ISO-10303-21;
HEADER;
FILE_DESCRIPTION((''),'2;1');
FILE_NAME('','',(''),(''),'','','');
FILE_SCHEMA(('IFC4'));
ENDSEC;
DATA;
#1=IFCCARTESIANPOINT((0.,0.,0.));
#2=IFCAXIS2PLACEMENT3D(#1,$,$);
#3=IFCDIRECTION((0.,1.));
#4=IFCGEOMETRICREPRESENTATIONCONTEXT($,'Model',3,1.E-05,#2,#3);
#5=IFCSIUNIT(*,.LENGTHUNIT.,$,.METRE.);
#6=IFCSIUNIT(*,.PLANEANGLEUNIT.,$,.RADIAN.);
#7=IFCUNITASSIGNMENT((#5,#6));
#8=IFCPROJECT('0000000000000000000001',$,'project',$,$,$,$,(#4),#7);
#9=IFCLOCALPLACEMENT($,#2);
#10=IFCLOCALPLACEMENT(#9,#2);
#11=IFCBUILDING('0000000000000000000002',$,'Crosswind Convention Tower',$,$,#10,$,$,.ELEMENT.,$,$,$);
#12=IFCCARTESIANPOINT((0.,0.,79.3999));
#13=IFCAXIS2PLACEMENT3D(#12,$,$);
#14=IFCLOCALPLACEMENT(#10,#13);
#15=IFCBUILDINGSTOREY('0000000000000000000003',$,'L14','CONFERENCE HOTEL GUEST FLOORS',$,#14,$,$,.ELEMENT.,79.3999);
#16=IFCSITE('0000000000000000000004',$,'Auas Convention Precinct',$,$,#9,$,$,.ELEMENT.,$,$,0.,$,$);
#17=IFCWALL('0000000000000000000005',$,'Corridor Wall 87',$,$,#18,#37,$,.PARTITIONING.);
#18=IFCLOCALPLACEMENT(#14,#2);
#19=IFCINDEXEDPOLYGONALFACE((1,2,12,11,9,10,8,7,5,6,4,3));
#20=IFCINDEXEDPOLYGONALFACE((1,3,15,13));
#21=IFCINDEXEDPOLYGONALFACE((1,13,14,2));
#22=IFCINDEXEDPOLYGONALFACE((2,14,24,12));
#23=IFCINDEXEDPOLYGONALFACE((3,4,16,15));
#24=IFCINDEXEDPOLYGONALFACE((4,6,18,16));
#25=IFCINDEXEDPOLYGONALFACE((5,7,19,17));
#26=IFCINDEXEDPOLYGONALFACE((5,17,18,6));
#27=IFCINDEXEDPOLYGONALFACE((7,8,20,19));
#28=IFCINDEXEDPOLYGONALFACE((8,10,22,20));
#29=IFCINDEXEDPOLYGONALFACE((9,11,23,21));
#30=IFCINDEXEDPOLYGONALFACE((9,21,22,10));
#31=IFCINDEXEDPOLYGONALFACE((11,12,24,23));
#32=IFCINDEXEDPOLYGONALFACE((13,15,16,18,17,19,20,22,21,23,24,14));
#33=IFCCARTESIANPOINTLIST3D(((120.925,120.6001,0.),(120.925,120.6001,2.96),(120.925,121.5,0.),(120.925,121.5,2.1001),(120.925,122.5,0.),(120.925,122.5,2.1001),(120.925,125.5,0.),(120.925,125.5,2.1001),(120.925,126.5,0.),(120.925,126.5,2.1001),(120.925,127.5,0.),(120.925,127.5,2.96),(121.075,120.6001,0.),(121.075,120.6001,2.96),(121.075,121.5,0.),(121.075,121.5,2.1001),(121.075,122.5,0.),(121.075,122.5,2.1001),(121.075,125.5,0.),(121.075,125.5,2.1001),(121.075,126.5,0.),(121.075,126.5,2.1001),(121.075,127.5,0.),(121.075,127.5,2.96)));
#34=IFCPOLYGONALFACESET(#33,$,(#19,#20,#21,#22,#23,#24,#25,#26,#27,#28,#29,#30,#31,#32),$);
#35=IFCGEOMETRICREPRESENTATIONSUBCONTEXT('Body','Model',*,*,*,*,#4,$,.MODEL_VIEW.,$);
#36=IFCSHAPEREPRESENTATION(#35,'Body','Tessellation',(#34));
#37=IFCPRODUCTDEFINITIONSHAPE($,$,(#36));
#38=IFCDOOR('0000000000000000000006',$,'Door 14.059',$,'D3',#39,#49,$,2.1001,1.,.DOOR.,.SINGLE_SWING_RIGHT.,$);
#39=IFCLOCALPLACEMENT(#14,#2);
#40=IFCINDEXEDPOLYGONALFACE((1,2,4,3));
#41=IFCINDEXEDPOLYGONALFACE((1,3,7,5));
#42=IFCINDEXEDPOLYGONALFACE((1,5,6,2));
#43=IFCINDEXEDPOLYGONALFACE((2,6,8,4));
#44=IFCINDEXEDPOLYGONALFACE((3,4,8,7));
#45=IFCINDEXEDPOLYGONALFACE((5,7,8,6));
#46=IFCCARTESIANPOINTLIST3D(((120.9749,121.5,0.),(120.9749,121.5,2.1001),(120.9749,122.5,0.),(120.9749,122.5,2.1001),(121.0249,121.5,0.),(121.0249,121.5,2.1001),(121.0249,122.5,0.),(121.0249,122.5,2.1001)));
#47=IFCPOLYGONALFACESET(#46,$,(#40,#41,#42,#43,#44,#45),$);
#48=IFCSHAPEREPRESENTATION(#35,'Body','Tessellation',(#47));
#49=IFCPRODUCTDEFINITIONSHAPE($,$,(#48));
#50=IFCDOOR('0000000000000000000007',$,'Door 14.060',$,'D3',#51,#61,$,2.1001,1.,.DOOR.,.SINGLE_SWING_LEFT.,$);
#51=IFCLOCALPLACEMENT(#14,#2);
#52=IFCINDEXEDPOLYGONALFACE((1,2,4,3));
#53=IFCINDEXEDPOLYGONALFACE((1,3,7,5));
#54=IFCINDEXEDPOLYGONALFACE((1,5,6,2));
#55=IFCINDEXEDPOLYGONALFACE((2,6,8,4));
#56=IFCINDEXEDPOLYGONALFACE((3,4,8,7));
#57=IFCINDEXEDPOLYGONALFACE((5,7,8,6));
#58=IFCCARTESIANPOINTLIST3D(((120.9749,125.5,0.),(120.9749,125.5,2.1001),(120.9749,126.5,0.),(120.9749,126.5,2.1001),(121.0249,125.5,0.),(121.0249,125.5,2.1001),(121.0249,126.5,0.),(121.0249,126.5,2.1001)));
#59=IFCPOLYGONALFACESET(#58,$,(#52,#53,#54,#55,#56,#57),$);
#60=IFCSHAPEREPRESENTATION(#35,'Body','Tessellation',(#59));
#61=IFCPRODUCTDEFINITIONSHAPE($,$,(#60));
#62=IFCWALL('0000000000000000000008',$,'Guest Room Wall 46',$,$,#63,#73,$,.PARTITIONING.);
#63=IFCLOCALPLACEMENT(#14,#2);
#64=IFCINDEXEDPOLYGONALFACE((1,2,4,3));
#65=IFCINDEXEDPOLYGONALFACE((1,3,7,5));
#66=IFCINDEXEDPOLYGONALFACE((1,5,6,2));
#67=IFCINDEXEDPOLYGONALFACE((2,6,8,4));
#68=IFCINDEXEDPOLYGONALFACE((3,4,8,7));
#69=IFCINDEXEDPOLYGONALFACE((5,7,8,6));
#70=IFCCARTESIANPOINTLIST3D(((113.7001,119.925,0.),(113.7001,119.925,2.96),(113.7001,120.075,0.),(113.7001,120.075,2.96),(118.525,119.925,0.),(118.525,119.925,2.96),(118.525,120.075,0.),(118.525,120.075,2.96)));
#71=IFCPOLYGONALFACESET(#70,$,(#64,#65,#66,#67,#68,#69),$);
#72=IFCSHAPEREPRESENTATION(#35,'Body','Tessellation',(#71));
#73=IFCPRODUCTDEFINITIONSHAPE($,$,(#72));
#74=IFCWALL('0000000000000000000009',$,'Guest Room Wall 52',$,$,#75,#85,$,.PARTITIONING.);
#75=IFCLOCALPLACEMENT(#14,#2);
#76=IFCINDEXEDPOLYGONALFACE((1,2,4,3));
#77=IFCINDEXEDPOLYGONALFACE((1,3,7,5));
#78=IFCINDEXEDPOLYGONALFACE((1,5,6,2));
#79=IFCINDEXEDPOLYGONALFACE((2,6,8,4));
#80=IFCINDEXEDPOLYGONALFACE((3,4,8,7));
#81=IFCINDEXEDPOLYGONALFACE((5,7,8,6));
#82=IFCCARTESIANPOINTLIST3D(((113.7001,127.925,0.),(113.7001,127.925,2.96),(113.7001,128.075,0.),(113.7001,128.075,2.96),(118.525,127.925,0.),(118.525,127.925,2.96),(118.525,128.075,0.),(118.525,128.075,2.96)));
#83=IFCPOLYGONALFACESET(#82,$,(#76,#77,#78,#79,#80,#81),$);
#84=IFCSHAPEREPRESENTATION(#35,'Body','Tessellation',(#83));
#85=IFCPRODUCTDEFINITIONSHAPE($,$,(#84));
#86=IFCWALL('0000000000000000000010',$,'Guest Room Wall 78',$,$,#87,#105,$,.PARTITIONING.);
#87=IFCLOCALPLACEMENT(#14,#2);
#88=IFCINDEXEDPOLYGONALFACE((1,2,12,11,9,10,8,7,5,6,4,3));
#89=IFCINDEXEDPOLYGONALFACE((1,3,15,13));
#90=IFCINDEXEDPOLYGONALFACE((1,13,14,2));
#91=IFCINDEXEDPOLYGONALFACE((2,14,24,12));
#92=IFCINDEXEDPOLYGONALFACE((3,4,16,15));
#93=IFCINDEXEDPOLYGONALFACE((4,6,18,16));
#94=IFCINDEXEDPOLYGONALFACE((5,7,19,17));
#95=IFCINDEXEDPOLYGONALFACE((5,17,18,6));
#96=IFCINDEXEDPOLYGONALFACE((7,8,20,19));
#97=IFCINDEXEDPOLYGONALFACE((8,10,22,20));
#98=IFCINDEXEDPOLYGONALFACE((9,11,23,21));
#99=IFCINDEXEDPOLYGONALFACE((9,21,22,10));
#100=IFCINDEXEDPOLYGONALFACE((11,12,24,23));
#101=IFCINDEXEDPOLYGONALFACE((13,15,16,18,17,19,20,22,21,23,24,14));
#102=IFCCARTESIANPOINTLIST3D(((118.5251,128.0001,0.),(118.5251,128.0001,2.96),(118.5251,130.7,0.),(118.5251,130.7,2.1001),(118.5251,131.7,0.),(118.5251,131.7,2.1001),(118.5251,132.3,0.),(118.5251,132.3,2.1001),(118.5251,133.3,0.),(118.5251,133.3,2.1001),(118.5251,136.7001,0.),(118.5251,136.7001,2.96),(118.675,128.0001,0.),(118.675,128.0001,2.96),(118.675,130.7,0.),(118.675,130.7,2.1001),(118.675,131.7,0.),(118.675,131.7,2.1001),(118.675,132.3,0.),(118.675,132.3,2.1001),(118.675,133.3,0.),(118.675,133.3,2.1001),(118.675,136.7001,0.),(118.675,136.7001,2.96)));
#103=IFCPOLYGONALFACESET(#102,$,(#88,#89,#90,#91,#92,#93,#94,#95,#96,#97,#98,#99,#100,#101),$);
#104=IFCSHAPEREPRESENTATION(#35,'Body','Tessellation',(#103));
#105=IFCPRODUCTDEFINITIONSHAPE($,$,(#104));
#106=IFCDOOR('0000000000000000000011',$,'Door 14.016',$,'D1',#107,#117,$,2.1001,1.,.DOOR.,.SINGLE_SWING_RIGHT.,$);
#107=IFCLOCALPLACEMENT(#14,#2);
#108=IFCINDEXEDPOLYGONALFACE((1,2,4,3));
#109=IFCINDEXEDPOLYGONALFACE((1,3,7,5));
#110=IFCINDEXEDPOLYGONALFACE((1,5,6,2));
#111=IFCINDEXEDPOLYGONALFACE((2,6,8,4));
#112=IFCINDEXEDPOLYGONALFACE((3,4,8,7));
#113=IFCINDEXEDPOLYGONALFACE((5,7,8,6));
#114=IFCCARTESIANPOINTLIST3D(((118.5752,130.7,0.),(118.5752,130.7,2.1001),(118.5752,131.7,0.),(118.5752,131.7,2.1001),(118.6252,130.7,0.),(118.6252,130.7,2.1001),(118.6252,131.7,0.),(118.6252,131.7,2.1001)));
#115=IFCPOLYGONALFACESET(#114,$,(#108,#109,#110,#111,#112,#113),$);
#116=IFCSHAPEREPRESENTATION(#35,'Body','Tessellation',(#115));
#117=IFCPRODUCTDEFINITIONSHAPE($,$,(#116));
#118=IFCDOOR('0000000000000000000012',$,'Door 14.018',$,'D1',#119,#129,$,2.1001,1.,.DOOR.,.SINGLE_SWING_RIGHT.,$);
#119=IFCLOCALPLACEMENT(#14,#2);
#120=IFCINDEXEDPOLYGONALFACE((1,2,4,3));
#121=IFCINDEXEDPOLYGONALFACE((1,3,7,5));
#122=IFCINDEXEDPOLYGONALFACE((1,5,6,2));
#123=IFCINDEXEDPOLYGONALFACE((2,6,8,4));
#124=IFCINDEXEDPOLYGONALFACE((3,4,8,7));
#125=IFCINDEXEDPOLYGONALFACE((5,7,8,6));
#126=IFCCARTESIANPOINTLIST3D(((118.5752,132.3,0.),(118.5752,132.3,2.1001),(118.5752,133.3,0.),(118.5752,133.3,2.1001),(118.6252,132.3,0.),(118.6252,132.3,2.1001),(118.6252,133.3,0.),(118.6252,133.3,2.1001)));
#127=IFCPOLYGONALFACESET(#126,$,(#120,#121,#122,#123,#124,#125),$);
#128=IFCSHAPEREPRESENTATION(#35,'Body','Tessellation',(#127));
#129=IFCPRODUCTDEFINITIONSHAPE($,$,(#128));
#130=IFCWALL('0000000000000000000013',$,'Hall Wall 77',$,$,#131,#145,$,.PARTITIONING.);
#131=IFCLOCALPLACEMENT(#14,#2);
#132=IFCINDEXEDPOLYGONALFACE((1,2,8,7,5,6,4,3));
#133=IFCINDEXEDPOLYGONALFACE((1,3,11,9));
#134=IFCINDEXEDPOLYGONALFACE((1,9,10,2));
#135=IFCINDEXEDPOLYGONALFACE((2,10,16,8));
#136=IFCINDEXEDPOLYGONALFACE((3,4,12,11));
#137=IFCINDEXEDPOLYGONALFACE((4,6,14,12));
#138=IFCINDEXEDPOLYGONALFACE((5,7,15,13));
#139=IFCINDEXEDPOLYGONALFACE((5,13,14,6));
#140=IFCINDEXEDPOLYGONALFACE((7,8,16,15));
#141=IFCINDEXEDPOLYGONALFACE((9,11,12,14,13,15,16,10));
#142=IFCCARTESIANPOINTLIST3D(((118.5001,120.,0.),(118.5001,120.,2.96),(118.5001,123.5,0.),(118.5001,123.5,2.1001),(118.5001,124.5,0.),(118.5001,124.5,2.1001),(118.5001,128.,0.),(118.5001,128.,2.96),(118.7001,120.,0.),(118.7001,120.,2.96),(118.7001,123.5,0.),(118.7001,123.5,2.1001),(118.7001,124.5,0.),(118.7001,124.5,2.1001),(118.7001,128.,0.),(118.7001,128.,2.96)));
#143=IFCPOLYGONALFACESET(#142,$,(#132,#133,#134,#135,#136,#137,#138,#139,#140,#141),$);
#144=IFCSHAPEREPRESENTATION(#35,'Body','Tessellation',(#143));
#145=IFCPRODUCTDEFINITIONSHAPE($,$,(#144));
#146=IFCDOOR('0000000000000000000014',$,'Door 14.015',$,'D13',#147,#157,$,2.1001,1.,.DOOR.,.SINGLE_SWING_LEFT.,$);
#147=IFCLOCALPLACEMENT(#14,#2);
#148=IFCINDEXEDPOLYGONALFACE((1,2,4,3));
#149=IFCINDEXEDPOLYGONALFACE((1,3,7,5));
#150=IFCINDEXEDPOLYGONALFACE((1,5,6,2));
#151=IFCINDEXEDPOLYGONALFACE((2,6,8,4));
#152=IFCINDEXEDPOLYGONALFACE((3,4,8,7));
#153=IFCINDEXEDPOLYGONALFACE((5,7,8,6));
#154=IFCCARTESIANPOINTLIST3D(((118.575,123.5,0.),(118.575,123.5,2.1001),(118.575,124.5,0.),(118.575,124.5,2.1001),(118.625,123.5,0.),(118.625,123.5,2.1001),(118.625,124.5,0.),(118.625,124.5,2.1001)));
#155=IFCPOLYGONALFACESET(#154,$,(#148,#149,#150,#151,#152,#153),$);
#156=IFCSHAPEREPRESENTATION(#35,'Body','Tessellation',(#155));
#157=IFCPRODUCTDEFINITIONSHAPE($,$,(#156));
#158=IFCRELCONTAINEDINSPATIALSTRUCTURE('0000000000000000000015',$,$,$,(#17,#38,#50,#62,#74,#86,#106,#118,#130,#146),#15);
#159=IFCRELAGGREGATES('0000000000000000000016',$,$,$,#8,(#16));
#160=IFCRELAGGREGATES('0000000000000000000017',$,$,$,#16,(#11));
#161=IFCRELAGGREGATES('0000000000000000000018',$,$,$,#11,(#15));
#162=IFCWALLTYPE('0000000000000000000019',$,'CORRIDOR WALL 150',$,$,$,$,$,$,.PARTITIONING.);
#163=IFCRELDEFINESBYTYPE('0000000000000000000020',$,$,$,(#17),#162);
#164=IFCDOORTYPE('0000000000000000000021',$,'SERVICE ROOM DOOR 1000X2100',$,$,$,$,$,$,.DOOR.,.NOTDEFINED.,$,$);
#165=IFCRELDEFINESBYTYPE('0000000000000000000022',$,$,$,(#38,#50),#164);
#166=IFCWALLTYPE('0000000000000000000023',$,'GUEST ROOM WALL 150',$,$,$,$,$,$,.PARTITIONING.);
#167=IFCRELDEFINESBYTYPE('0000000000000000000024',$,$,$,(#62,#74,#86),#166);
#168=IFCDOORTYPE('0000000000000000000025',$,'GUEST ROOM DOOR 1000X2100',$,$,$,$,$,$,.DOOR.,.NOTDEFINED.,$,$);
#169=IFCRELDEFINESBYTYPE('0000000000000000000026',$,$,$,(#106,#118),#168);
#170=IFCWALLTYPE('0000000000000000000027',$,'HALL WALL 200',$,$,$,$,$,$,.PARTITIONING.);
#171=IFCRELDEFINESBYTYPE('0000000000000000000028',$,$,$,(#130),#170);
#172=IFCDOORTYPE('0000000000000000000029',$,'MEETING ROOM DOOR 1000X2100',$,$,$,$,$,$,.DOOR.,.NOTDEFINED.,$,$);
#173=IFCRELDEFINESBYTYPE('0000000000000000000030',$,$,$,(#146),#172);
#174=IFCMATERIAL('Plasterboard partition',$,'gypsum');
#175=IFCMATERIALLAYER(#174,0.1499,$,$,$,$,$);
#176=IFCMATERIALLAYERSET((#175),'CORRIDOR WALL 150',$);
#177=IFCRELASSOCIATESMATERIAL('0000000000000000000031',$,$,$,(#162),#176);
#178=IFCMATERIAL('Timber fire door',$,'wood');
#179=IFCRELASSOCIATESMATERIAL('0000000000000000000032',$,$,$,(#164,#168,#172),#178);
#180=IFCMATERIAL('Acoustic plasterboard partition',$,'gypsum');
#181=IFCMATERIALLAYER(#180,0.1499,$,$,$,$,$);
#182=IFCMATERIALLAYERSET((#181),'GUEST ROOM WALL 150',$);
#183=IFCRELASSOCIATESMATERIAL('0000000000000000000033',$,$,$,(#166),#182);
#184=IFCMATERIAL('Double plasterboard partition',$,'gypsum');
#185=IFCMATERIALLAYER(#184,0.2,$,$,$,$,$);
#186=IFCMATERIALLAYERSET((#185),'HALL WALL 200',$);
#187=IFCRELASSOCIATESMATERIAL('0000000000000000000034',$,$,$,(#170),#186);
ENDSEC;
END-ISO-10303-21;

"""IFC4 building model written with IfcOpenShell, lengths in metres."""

from ifc_helpers import new_model, si_unit, direction, frame, frame_2d, origin, place, context, subcontext, project, spatial, rectangle, extrude, material, layer, layer_set, type_object, element, fill, save


model = new_model("IFC4")

# Units and contexts
model_context = context("Model", 3, precision=1e-05, world=origin(), true_north=direction((0.0, 1.0)))
body_context = subcontext(model_context, "Body", "Model", "MODEL_VIEW")
ifc_project = project(units=[si_unit("LENGTHUNIT", "METRE"), si_unit("PLANEANGLEUNIT", "RADIAN")], contexts=[model_context])

# Site, building, storey
site_placement = place(None, origin())
site = spatial("IfcSite", under=ifc_project, at=site_placement, Name="Auas Convention Precinct", CompositionType="ELEMENT", RefElevation=0.0)
building_placement = place(site_placement, origin())
building = spatial("IfcBuilding", under=site, at=building_placement, Name="Crosswind Convention Tower", CompositionType="ELEMENT")
storey_placement = place(building_placement, frame((0.0, 0.0, 79.3999)))
storey = spatial("IfcBuildingStorey", under=building, at=storey_placement, Name="L14", Description="CONFERENCE HOTEL GUEST FLOORS", CompositionType="ELEMENT", Elevation=79.3999)

# Wall, openings, doors
ifc_material_1 = material(Name="Plasterboard partition", Category="gypsum")
ifc_layer_1 = layer(ifc_material_1, 0.1499)
ifc_layer_set_1 = layer_set([ifc_layer_1], Name="CORRIDOR WALL 150")
wall_type_1 = type_object("IfcWallType", Name="CORRIDOR WALL 150", PredefinedType="PARTITIONING", material=ifc_layer_set_1)
wall_1_placement = place(storey_placement, frame((121.0, 120.6001, 0.0), z_axis=(0.0, 0.0, 1.0), x_axis=(0.0, 1.0, 0.0)))
wall_1 = element("IfcWall", 1, at=wall_1_placement, inside=storey, type_object=wall_type_1, Name="Corridor Wall 87", PredefinedType="PARTITIONING", context=body_context, shape_type="SweptSolid", body=[
    extrude(rectangle(XDim=6.8999, YDim=0.1499, at=frame_2d((3.45, 0.0))), origin(), (0.0, 0.0, 1.0), 2.96),
])
opening_1_placement = place(wall_1_placement, frame((0.8999, 0.0, 0.0)))
opening_1 = element("IfcOpeningElement", 2, at=opening_1_placement, cuts=wall_1, PredefinedType="OPENING", context=body_context, shape_type="SweptSolid", body=[
    extrude(rectangle(XDim=1.0, YDim=2.1001, at=frame_2d((0.5, 1.05))), frame((0.0, 0.085, 0.0), z_axis=(0.0, -1.0, 0.0), x_axis=(1.0, 0.0, 0.0)), (0.0, 0.0, 1.0), 0.1699),
])
opening_2_placement = place(wall_1_placement, frame((4.8999, 0.0, 0.0)))
opening_2 = element("IfcOpeningElement", 3, at=opening_2_placement, cuts=wall_1, PredefinedType="OPENING", context=body_context, shape_type="SweptSolid", body=[
    extrude(rectangle(XDim=1.0, YDim=2.1001, at=frame_2d((0.5, 1.05))), frame((0.0, 0.085, 0.0), z_axis=(0.0, -1.0, 0.0), x_axis=(1.0, 0.0, 0.0)), (0.0, 0.0, 1.0), 0.1699),
])
ifc_material_2 = material(Name="Timber fire door", Category="wood")
door_type_1 = type_object("IfcDoorType", Name="SERVICE ROOM DOOR 1000X2100", OperationType="NOTDEFINED", PredefinedType="DOOR", material=ifc_material_2)
door_1_placement = place(opening_1_placement, frame((1.0, 0.0, 0.0), z_axis=(0.0, 0.0, 1.0), x_axis=(-1.0, 0.0, 0.0)))
door_1 = element("IfcDoor", 4, at=door_1_placement, inside=storey, type_object=door_type_1, Name="Door 14.059", ObjectType="D3", OperationType="SINGLE_SWING_RIGHT", OverallHeight=2.1001, OverallWidth=1.0, PredefinedType="DOOR", context=body_context, shape_type="SweptSolid", body=[
    extrude(rectangle(XDim=1.0, YDim=2.1001, at=frame_2d((0.5, 1.05))), frame((0.0, 0.0249, 0.0), z_axis=(0.0, -1.0, 0.0), x_axis=(1.0, 0.0, 0.0)), (0.0, 0.0, 1.0), 0.05),
])
fill(opening_1, door_1)
door_2_placement = place(opening_2_placement, frame((1.0, 0.0, 0.0), z_axis=(0.0, 0.0, 1.0), x_axis=(-1.0, 0.0, 0.0)))
door_2 = element("IfcDoor", 5, at=door_2_placement, inside=storey, type_object=door_type_1, Name="Door 14.060", ObjectType="D3", OperationType="SINGLE_SWING_LEFT", OverallHeight=2.1001, OverallWidth=1.0, PredefinedType="DOOR", context=body_context, shape_type="SweptSolid", body=[
    extrude(rectangle(XDim=1.0, YDim=2.1001, at=frame_2d((0.5, 1.05))), frame((0.0, 0.0249, 0.0), z_axis=(0.0, -1.0, 0.0), x_axis=(1.0, 0.0, 0.0)), (0.0, 0.0, 1.0), 0.05),
])
fill(opening_2, door_2)

# Walls
ifc_material_3 = material(Name="Acoustic plasterboard partition", Category="gypsum")
ifc_layer_2 = layer(ifc_material_3, 0.1499)
ifc_layer_set_2 = layer_set([ifc_layer_2], Name="GUEST ROOM WALL 150")
wall_type_2 = type_object("IfcWallType", Name="GUEST ROOM WALL 150", PredefinedType="PARTITIONING", material=ifc_layer_set_2)
for number, where, z_axis, x_axis, name in (
    (6, (113.7, 120.0, 0.0), (0.0, 0.0, 1.0), (1.0, 0.0, 0.0), "Guest Room Wall 46"),
    (7, (113.7, 128.0, 0.0), (0.0, 0.0, 1.0), (1.0, 0.0, 0.0), "Guest Room Wall 52"),
):
    element("IfcWall", number, at=place(storey_placement, frame(where, z_axis=z_axis, x_axis=x_axis)), inside=storey, type_object=wall_type_2, Name=name, PredefinedType="PARTITIONING", context=body_context, shape_type="SweptSolid", body=[
        extrude(rectangle(XDim=4.825, YDim=0.1499, at=frame_2d((2.4126, 0.0))), origin(), (0.0, 0.0, 1.0), 2.96),
    ])

# Wall, openings, doors
wall_2_placement = place(storey_placement, frame((118.6001, 128.0, 0.0), z_axis=(0.0, 0.0, 1.0), x_axis=(0.0, 1.0, 0.0)))
wall_2 = element("IfcWall", 8, at=wall_2_placement, inside=storey, type_object=wall_type_2, Name="Guest Room Wall 78", PredefinedType="PARTITIONING", context=body_context, shape_type="SweptSolid", body=[
    extrude(rectangle(XDim=8.7, YDim=0.1499, at=frame_2d((4.3501, 0.0))), origin(), (0.0, 0.0, 1.0), 2.96),
])
opening_3_placement = place(wall_2_placement, frame((2.7, 0.0, 0.0)))
opening_3 = element("IfcOpeningElement", 9, at=opening_3_placement, cuts=wall_2, PredefinedType="OPENING", context=body_context, shape_type="SweptSolid", body=[
    extrude(rectangle(XDim=1.0, YDim=2.1001, at=frame_2d((0.5, 1.05))), frame((0.0, 0.085, 0.0), z_axis=(0.0, -1.0, 0.0), x_axis=(1.0, 0.0, 0.0)), (0.0, 0.0, 1.0), 0.1699),
])
opening_4_placement = place(wall_2_placement, frame((4.3, 0.0, 0.0)))
opening_4 = element("IfcOpeningElement", 10, at=opening_4_placement, cuts=wall_2, PredefinedType="OPENING", context=body_context, shape_type="SweptSolid", body=[
    extrude(rectangle(XDim=1.0, YDim=2.1001, at=frame_2d((0.5, 1.05))), frame((0.0, 0.085, 0.0), z_axis=(0.0, -1.0, 0.0), x_axis=(1.0, 0.0, 0.0)), (0.0, 0.0, 1.0), 0.1699),
])
door_type_2 = type_object("IfcDoorType", Name="GUEST ROOM DOOR 1000X2100", OperationType="NOTDEFINED", PredefinedType="DOOR", material=ifc_material_2)
door_3_placement = place(opening_3_placement, origin())
door_3 = element("IfcDoor", 11, at=door_3_placement, inside=storey, type_object=door_type_2, Name="Door 14.016", ObjectType="D1", OperationType="SINGLE_SWING_RIGHT", OverallHeight=2.1001, OverallWidth=1.0, PredefinedType="DOOR", context=body_context, shape_type="SweptSolid", body=[
    extrude(rectangle(XDim=1.0, YDim=2.1001, at=frame_2d((0.5, 1.05))), frame((0.0, 0.0249, 0.0), z_axis=(0.0, -1.0, 0.0), x_axis=(1.0, 0.0, 0.0)), (0.0, 0.0, 1.0), 0.05),
])
fill(opening_3, door_3)
door_4_placement = place(opening_4_placement, origin())
door_4 = element("IfcDoor", 12, at=door_4_placement, inside=storey, type_object=door_type_2, Name="Door 14.018", ObjectType="D1", OperationType="SINGLE_SWING_RIGHT", OverallHeight=2.1001, OverallWidth=1.0, PredefinedType="DOOR", context=body_context, shape_type="SweptSolid", body=[
    extrude(rectangle(XDim=1.0, YDim=2.1001, at=frame_2d((0.5, 1.05))), frame((0.0, 0.0249, 0.0), z_axis=(0.0, -1.0, 0.0), x_axis=(1.0, 0.0, 0.0)), (0.0, 0.0, 1.0), 0.05),
])
fill(opening_4, door_4)

# Wall, opening, door
ifc_material_4 = material(Name="Double plasterboard partition", Category="gypsum")
ifc_layer_3 = layer(ifc_material_4, 0.2)
ifc_layer_set_3 = layer_set([ifc_layer_3], Name="HALL WALL 200")
wall_type_3 = type_object("IfcWallType", Name="HALL WALL 200", PredefinedType="PARTITIONING", material=ifc_layer_set_3)
wall_3_placement = place(storey_placement, frame((118.6001, 120.0, 0.0), z_axis=(0.0, 0.0, 1.0), x_axis=(0.0, 1.0, 0.0)))
wall_3 = element("IfcWall", 13, at=wall_3_placement, inside=storey, type_object=wall_type_3, Name="Hall Wall 77", PredefinedType="PARTITIONING", context=body_context, shape_type="SweptSolid", body=[
    extrude(rectangle(XDim=8.0, YDim=0.2, at=frame_2d((4.0, 0.0))), origin(), (0.0, 0.0, 1.0), 2.96),
])
opening_5_placement = place(wall_3_placement, frame((3.5, 0.0, 0.0)))
opening_5 = element("IfcOpeningElement", 14, at=opening_5_placement, cuts=wall_3, PredefinedType="OPENING", context=body_context, shape_type="SweptSolid", body=[
    extrude(rectangle(XDim=1.0, YDim=2.1001, at=frame_2d((0.5, 1.05))), frame((0.0, 0.1099, 0.0), z_axis=(0.0, -1.0, 0.0), x_axis=(1.0, 0.0, 0.0)), (0.0, 0.0, 1.0), 0.22),
])
door_type_3 = type_object("IfcDoorType", Name="MEETING ROOM DOOR 1000X2100", OperationType="NOTDEFINED", PredefinedType="DOOR", material=ifc_material_2)
door_5_placement = place(opening_5_placement, frame((1.0, 0.0, 0.0), z_axis=(0.0, 0.0, 1.0), x_axis=(-1.0, 0.0, 0.0)))
door_5 = element("IfcDoor", 15, at=door_5_placement, inside=storey, type_object=door_type_3, Name="Door 14.015", ObjectType="D13", OperationType="SINGLE_SWING_LEFT", OverallHeight=2.1001, OverallWidth=1.0, PredefinedType="DOOR", context=body_context, shape_type="SweptSolid", body=[
    extrude(rectangle(XDim=1.0, YDim=2.1001, at=frame_2d((0.5, 1.05))), frame((0.0, 0.0249, 0.0), z_axis=(0.0, -1.0, 0.0), x_axis=(1.0, 0.0, 0.0)), (0.0, 0.0, 1.0), 0.05),
])
fill(opening_5, door_5)

save(model, "model.ifc")
